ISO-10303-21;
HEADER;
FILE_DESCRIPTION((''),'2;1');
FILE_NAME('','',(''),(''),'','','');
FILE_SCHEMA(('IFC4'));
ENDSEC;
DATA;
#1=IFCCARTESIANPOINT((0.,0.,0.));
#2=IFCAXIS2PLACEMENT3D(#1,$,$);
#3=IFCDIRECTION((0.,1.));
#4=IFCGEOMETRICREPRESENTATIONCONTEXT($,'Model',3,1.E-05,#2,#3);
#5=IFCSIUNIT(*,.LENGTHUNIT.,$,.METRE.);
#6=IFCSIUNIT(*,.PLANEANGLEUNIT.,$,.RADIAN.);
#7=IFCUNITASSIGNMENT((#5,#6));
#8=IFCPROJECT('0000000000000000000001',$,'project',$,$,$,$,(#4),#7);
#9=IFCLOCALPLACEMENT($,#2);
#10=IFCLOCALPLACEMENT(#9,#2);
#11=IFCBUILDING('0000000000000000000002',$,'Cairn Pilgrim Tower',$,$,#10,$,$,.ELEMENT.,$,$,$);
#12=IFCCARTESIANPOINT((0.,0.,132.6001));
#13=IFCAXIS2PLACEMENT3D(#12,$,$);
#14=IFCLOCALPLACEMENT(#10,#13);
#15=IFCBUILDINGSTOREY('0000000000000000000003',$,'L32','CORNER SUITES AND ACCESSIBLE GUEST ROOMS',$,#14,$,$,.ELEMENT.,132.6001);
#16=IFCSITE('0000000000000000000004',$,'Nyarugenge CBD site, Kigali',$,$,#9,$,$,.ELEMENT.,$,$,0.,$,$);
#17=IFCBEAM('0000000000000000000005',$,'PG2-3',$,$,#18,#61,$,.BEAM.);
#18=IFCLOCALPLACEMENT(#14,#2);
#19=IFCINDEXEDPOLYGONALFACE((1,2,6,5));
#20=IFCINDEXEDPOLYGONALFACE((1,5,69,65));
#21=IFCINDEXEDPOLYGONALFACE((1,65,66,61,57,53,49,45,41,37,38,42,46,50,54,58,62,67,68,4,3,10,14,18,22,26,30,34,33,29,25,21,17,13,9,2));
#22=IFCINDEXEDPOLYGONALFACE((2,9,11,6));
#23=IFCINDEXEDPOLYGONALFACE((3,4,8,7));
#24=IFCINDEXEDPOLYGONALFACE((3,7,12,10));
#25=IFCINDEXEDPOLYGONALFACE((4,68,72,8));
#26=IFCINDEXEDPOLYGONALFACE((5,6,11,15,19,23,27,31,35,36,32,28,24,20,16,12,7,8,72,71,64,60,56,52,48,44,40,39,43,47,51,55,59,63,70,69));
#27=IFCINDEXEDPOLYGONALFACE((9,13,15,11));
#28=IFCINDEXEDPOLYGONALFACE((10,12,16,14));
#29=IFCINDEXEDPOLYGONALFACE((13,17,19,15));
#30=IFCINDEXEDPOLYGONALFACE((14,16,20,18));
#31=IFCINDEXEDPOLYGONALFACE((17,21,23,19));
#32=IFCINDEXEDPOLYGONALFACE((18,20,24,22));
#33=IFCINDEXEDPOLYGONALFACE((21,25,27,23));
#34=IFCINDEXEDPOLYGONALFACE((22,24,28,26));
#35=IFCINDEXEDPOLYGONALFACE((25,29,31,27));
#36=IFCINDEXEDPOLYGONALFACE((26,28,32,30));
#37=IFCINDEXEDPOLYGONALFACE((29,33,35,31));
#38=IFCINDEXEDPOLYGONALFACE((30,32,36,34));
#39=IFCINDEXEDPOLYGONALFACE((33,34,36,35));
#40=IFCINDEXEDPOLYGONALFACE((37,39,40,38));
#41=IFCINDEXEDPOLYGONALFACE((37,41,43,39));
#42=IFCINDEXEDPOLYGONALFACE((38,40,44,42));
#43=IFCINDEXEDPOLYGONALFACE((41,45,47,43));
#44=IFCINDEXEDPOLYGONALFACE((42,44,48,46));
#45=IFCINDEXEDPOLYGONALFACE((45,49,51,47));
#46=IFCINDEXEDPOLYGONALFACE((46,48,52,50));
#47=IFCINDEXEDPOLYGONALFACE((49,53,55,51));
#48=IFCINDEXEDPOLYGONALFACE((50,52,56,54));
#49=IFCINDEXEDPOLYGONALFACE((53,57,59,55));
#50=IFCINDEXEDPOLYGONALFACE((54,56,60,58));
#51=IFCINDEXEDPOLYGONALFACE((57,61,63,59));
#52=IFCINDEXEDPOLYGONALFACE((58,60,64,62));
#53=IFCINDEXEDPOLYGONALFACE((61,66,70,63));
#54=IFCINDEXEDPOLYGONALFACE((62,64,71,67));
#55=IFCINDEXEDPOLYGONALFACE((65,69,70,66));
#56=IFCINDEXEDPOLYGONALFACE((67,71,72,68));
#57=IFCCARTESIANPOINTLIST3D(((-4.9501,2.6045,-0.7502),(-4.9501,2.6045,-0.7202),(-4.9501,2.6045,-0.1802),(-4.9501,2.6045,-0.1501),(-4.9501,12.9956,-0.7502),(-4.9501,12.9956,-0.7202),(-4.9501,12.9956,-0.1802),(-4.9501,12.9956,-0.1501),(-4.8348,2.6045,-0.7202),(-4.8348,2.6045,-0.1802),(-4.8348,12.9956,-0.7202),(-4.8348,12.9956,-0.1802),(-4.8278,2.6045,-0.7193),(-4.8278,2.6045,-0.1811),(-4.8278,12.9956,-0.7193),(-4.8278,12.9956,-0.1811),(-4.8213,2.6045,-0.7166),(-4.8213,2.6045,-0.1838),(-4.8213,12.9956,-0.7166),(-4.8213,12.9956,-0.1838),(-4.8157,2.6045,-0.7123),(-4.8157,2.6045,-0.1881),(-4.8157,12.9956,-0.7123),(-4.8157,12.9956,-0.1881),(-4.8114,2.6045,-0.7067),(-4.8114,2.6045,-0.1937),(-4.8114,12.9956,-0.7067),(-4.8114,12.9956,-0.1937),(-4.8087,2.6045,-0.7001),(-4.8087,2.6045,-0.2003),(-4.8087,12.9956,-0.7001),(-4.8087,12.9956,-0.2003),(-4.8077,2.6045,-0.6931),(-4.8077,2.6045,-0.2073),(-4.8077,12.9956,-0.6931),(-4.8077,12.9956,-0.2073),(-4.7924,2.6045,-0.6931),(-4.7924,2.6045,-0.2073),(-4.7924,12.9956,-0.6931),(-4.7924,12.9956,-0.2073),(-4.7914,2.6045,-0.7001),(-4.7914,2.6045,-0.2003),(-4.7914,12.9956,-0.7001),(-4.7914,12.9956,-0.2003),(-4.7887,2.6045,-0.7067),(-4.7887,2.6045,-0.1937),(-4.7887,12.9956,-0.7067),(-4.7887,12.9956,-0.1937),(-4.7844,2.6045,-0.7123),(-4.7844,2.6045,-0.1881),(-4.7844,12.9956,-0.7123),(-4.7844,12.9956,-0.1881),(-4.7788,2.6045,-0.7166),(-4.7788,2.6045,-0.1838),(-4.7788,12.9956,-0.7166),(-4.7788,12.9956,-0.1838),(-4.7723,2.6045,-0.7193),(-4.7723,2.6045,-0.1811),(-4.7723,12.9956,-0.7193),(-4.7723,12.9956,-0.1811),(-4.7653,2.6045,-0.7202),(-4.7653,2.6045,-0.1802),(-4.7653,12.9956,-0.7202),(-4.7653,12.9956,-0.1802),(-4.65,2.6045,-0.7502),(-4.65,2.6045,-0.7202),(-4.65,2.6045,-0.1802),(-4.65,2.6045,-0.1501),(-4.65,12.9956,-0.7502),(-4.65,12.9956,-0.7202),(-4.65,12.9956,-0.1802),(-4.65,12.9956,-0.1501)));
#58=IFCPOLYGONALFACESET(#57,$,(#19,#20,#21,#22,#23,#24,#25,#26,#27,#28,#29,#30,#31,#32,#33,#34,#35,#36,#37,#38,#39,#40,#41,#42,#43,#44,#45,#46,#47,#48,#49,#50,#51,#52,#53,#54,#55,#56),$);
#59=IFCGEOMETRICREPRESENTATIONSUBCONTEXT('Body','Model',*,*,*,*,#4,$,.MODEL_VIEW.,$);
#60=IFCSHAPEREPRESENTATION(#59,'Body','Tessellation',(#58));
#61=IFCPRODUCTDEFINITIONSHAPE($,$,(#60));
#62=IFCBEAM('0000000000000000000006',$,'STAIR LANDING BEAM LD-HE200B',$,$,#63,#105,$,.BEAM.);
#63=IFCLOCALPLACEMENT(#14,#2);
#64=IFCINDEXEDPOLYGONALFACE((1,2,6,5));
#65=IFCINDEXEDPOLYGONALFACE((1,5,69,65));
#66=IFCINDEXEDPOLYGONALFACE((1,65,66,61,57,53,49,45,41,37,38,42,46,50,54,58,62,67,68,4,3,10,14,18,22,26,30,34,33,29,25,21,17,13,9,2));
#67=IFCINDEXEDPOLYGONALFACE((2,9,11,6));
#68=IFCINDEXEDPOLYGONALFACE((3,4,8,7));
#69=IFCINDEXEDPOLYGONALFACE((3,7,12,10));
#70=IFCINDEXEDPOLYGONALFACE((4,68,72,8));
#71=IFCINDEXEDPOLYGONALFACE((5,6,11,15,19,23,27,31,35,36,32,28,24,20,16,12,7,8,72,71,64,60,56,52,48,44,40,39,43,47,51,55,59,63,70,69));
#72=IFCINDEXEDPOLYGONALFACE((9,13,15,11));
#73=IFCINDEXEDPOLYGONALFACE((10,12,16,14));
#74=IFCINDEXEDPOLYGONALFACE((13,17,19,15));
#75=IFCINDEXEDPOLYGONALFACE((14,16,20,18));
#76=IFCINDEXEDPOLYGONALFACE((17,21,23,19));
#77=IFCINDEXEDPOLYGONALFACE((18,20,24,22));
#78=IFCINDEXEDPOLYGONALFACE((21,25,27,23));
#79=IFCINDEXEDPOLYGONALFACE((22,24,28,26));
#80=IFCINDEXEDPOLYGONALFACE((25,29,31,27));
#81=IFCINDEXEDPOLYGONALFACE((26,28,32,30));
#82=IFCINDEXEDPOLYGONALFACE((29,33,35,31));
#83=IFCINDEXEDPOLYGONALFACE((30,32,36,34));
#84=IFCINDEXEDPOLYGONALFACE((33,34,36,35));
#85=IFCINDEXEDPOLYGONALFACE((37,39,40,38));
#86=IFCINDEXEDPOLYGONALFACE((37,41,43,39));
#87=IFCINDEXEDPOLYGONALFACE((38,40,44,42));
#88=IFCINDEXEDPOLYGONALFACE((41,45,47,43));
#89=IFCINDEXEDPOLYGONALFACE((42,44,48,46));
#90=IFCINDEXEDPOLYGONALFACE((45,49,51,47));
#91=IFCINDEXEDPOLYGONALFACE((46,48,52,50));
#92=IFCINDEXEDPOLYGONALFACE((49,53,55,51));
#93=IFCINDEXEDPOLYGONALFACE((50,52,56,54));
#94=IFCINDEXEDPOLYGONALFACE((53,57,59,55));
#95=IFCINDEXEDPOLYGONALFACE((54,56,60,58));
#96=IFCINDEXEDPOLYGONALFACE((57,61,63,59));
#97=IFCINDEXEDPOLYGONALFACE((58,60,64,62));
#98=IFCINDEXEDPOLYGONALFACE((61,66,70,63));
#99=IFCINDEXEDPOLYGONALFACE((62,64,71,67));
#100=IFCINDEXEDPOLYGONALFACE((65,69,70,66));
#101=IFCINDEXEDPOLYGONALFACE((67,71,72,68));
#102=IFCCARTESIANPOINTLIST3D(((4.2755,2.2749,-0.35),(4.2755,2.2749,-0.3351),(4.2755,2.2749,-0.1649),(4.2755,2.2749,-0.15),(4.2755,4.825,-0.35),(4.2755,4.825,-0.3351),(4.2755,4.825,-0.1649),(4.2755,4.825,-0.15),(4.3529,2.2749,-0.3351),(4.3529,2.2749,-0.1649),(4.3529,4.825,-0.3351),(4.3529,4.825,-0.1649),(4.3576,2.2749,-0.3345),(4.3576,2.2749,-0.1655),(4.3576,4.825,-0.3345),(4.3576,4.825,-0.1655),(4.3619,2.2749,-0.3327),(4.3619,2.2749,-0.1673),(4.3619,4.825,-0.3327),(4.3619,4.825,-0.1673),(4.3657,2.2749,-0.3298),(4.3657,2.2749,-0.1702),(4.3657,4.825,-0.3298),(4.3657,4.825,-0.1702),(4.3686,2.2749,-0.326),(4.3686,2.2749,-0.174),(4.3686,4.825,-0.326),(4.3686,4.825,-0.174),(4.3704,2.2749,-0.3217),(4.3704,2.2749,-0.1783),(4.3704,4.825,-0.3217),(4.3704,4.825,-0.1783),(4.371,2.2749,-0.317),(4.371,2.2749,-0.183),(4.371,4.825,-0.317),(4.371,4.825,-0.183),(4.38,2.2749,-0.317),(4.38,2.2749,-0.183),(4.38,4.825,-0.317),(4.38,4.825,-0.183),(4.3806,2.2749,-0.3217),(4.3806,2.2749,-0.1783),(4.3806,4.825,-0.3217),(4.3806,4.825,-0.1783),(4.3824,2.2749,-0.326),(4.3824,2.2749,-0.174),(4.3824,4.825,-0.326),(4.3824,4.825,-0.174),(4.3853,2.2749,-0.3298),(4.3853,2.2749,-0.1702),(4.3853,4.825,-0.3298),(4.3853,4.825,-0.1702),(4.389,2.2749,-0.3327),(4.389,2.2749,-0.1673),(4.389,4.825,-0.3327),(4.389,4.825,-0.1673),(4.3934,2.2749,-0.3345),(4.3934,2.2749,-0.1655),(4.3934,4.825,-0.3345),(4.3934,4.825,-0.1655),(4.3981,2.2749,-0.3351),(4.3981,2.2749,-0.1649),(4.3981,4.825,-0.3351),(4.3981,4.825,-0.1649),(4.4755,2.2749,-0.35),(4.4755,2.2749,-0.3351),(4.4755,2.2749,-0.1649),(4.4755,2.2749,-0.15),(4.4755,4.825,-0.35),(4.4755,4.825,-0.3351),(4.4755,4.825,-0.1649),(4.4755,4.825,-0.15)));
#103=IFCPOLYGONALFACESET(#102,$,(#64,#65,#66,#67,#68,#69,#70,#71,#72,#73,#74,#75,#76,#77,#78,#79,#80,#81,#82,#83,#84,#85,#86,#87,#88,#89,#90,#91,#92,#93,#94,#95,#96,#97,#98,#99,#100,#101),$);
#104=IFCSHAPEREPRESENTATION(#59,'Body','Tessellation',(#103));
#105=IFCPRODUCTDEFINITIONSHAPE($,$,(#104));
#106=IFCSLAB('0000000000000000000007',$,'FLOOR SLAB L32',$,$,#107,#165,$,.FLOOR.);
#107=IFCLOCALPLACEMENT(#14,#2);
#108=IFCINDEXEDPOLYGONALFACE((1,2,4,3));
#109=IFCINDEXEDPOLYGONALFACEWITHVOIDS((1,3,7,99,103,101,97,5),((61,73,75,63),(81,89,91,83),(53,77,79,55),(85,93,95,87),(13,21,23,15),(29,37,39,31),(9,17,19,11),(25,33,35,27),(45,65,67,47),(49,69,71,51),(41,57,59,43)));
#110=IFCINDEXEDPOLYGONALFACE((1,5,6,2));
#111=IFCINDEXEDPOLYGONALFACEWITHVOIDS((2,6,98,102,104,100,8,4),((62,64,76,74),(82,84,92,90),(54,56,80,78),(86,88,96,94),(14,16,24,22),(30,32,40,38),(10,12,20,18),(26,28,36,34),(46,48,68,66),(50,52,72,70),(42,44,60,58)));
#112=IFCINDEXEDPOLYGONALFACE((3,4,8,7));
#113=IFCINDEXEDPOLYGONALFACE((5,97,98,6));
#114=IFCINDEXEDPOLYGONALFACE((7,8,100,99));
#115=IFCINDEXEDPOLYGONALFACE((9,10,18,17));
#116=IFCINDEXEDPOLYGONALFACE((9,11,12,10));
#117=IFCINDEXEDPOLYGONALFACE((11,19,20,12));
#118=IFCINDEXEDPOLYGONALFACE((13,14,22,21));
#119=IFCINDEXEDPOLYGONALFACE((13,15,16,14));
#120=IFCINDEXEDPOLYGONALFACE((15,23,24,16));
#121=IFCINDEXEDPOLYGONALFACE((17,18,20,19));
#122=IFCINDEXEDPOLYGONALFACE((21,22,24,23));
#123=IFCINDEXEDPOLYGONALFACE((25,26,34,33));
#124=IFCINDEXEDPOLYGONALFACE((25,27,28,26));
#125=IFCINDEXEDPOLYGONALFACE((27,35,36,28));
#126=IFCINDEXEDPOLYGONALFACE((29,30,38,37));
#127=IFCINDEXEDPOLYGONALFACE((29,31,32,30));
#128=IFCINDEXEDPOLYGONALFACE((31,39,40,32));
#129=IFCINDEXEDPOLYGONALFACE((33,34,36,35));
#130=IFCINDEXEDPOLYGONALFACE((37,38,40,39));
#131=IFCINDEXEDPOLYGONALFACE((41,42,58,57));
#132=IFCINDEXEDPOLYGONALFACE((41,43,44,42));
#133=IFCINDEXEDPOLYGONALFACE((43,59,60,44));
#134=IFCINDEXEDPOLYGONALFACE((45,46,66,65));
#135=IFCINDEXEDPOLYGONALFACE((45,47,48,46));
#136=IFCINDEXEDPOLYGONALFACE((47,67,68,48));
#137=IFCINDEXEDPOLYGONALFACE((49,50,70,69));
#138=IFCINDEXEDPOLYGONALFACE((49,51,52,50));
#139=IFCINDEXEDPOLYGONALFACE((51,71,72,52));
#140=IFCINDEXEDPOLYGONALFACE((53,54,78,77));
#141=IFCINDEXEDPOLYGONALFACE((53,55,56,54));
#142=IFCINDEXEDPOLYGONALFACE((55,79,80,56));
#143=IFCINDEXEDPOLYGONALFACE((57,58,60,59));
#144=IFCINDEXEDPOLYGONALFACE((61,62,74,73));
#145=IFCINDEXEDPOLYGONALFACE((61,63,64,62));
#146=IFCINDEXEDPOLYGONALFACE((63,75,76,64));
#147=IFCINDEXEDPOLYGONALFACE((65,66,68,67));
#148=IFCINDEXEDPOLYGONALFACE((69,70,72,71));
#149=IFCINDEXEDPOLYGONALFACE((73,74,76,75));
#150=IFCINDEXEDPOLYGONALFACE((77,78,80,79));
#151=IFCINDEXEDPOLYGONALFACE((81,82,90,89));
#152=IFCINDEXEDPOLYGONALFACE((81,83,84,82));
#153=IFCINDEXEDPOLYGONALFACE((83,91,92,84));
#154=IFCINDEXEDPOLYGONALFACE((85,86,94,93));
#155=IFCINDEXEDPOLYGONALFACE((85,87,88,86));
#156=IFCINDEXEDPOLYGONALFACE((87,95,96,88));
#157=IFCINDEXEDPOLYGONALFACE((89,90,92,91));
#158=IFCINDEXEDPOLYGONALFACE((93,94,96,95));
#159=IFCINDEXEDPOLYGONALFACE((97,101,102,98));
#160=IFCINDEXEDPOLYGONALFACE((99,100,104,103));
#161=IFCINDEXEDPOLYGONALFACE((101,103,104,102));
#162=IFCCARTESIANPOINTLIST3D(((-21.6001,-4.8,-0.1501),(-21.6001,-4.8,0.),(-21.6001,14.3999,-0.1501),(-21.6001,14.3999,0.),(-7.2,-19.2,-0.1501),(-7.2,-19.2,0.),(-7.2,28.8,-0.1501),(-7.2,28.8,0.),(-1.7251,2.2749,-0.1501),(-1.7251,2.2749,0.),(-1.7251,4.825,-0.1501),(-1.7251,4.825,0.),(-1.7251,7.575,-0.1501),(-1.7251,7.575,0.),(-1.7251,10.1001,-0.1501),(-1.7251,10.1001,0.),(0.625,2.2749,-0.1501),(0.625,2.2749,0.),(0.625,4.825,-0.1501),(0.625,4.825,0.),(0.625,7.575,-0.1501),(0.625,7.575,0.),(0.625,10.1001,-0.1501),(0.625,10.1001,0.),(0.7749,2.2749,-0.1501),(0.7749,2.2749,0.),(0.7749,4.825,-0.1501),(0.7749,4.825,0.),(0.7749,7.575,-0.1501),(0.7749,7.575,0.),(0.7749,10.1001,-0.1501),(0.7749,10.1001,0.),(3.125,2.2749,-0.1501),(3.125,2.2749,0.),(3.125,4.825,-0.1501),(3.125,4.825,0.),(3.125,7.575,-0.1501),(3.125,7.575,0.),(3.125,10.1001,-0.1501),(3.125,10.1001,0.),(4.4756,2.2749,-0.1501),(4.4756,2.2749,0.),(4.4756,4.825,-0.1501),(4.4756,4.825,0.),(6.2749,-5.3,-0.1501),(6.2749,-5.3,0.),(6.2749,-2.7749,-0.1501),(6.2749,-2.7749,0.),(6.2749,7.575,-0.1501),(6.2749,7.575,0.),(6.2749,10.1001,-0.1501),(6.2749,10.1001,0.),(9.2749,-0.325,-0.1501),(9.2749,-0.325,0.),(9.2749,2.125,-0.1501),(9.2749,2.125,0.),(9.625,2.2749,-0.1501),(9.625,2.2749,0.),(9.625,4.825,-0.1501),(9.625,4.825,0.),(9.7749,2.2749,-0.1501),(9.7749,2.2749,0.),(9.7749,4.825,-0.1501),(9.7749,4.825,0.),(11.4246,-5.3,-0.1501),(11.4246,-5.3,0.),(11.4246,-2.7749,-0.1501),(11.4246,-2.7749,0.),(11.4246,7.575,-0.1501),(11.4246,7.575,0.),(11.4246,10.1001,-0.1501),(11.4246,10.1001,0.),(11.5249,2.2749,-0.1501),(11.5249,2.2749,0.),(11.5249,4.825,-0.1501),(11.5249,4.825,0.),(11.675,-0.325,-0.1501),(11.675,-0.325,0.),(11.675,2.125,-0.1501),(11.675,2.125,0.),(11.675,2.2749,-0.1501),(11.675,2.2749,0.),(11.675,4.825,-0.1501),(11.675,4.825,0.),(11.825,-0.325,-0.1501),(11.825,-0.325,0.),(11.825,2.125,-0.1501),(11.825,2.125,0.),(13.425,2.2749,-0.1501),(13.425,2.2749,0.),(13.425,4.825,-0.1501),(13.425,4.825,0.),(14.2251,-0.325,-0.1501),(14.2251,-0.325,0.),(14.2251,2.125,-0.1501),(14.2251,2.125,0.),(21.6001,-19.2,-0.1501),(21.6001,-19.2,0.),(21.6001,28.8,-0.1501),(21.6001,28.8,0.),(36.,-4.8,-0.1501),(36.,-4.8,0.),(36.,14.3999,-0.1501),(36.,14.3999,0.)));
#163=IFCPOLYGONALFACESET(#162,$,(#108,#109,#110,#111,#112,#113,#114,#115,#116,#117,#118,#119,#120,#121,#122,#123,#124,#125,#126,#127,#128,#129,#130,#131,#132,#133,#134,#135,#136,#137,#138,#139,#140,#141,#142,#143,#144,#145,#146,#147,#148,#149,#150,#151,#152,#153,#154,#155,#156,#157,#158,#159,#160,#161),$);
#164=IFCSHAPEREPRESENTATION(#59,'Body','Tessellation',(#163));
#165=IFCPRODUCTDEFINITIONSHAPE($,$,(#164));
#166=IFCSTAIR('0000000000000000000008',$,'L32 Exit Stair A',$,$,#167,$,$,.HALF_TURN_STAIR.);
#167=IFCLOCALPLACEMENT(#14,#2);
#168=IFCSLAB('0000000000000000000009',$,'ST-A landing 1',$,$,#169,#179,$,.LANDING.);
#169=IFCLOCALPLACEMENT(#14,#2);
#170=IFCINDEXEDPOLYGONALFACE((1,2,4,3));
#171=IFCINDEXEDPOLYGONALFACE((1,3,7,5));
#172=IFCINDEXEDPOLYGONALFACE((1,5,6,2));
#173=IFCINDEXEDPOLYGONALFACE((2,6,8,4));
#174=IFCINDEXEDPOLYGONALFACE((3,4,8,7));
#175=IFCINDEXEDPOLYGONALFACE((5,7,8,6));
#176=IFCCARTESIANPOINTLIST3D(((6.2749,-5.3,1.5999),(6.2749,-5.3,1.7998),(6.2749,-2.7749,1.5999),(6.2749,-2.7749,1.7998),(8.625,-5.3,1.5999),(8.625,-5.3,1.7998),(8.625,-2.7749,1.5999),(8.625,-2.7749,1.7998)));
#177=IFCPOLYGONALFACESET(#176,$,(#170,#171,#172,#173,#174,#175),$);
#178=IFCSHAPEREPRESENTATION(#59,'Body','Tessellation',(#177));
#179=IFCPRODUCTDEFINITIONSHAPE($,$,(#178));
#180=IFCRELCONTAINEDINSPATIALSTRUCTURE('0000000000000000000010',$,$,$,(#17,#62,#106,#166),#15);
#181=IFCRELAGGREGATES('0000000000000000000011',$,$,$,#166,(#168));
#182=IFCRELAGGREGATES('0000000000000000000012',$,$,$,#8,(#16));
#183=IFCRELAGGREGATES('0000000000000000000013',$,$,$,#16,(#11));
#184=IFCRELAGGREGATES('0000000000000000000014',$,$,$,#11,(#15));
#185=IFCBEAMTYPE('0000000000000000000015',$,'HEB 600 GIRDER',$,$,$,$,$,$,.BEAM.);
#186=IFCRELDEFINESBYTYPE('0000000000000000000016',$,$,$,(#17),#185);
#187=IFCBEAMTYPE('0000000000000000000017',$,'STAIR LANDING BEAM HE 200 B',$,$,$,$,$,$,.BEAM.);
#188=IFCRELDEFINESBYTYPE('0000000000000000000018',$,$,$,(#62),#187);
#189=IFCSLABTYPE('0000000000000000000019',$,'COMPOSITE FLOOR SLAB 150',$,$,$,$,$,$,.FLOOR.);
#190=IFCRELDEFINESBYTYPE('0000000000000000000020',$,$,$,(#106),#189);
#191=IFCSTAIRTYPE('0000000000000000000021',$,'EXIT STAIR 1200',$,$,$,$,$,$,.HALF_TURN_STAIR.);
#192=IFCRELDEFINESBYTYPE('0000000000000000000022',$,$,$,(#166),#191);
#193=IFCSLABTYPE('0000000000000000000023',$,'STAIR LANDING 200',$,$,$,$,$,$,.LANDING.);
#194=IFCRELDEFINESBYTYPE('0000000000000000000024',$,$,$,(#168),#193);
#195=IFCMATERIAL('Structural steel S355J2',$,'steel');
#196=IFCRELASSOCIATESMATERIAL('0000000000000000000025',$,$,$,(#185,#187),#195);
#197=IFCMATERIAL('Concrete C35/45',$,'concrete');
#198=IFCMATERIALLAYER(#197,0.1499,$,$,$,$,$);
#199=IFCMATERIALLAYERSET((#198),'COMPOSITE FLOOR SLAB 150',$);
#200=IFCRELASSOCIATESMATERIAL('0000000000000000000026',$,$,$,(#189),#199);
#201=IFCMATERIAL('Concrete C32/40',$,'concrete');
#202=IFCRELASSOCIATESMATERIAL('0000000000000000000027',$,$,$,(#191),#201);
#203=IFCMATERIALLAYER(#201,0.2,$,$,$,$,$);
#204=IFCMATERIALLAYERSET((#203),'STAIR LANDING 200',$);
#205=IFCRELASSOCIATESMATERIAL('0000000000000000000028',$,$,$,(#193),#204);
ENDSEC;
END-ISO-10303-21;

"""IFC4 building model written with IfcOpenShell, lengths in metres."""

from ifc_helpers import new_model, si_unit, direction, frame, origin, origin_2d, place, context, subcontext, project, spatial, polyline, i_section, outline, extrude, material, layer, layer_set, material_profile, profile_set, type_object, element, aggregate, save


model = new_model("IFC4")

# Units and contexts
model_context = context("Model", 3, precision=1e-05, world=origin(), true_north=direction((0.0, 1.0)))
body_context = subcontext(model_context, "Body", "Model", "MODEL_VIEW")
ifc_project = project(units=[si_unit("LENGTHUNIT", "METRE"), si_unit("PLANEANGLEUNIT", "RADIAN")], contexts=[model_context])

# Site, building, storey
site_placement = place(None, origin())
site = spatial("IfcSite", under=ifc_project, at=site_placement, Name="Nyarugenge CBD site, Kigali", CompositionType="ELEMENT", RefElevation=0.0)
building_placement = place(site_placement, origin())
building = spatial("IfcBuilding", under=site, at=building_placement, Name="Cairn Pilgrim Tower", CompositionType="ELEMENT")
storey_placement = place(building_placement, frame((0.0, 0.0, 132.6001)))
storey = spatial("IfcBuildingStorey", under=building, at=storey_placement, Name="L32", Description="CORNER SUITES AND ACCESSIBLE GUEST ROOMS", CompositionType="ELEMENT", Elevation=132.6001)

# Beams
ifc_material_1 = material(Name="Structural steel S355J2", Category="steel")
ifc_material_profile_1 = material_profile(ifc_material_1, i_section(OverallWidth=0.3, OverallDepth=0.6001, WebThickness=0.0154, FlangeThickness=0.03, FilletRadius=0.0271, at=origin_2d()), Name="HEB 600")
ifc_profile_set_1 = profile_set([ifc_material_profile_1], Name="Structural steel S355J2")
beam_type_1 = type_object("IfcBeamType", Name="HEB 600 GIRDER", PredefinedType="BEAM", material=ifc_profile_set_1)
beam_1_placement = place(storey_placement, frame((-4.8, 2.6045, -0.4502), z_axis=(0.0, 1.0, 0.0), x_axis=(-1.0, 0.0, 0.0)))
element("IfcBeam", 1, at=beam_1_placement, inside=storey, type_object=beam_type_1, Name="PG2-3", PredefinedType="BEAM", context=body_context, shape_type="SweptSolid", body=[
    extrude(i_section(OverallWidth=0.3, OverallDepth=0.6001, WebThickness=0.0154, FlangeThickness=0.03, FilletRadius=0.0271, at=origin_2d()), origin(), (0.0, 0.0, 1.0), 10.3911),
])
ifc_material_profile_2 = material_profile(ifc_material_1, i_section(OverallWidth=0.2, OverallDepth=0.2, WebThickness=0.009, FlangeThickness=0.0149, FilletRadius=0.0181, at=origin_2d()), Name="HE 200 B")
ifc_profile_set_2 = profile_set([ifc_material_profile_2], Name="Structural steel S355J2")
beam_type_2 = type_object("IfcBeamType", Name="STAIR LANDING BEAM HE 200 B", PredefinedType="BEAM", material=ifc_profile_set_2)
beam_2_placement = place(storey_placement, frame((4.3755, 2.2749, -0.25), z_axis=(0.0, 1.0, 0.0), x_axis=(-1.0, 0.0, 0.0)))
element("IfcBeam", 2, at=beam_2_placement, inside=storey, type_object=beam_type_2, Name="STAIR LANDING BEAM LD-HE200B", PredefinedType="BEAM", context=body_context, shape_type="SweptSolid", body=[
    extrude(i_section(OverallWidth=0.2, OverallDepth=0.2, WebThickness=0.009, FlangeThickness=0.0149, FilletRadius=0.0181, at=origin_2d()), origin(), (0.0, 0.0, 1.0), 2.55),
])

# Slab
ifc_material_2 = material(Name="Concrete C35/45", Category="concrete")
ifc_layer_1 = layer(ifc_material_2, 0.1499)
ifc_layer_set_1 = layer_set([ifc_layer_1], Name="COMPOSITE FLOOR SLAB 150")
slab_type_1 = type_object("IfcSlabType", Name="COMPOSITE FLOOR SLAB 150", PredefinedType="FLOOR", material=ifc_layer_set_1)
slab_1_placement = place(storey_placement, frame((0.0, 0.0, -0.1501)))
element("IfcSlab", 3, at=slab_1_placement, inside=storey, type_object=slab_type_1, Name="FLOOR SLAB L32", PredefinedType="FLOOR", context=body_context, shape_type="SweptSolid", body=[
    extrude(outline(polyline([(-7.2, -19.2), (21.6001, -19.2), (36.0, -4.8), (36.0, 14.3999), (21.6001, 28.8), (-7.2, 28.8), (-21.6001, 14.3999), (-21.6001, -4.8), (-7.2, -19.2)]), holes=[polyline([(9.2749, -0.325), (11.675, -0.325), (11.675, 2.125), (9.2749, 2.125), (9.2749, -0.325)]), polyline([(11.825, -0.325), (14.2251, -0.325), (14.2251, 2.125), (11.825, 2.125), (11.825, -0.325)]), polyline([(-1.7251, 2.2749), (0.625, 2.2749), (0.625, 4.825), (-1.7251, 4.825), (-1.7251, 2.2749)]), polyline([(0.7749, 2.2749), (3.125, 2.2749), (3.125, 4.825), (0.7749, 4.825), (0.7749, 2.2749)]), polyline([(-1.7251, 7.575), (0.625, 7.575), (0.625, 10.1001), (-1.7251, 10.1001), (-1.7251, 7.575)]), polyline([(0.7749, 7.575), (3.125, 7.575), (3.125, 10.1001), (0.7749, 10.1001), (0.7749, 7.575)]), polyline([(9.7749, 2.2749), (11.5249, 2.2749), (11.5249, 4.825), (9.7749, 4.825), (9.7749, 2.2749)]), polyline([(11.675, 2.2749), (13.425, 2.2749), (13.425, 4.825), (11.675, 4.825), (11.675, 2.2749)]), polyline([(11.4246, -2.7749), (6.2749, -2.7749), (6.2749, -5.3), (11.4246, -5.3), (11.4246, -2.7749)]), polyline([(4.4756, 2.2749), (9.625, 2.2749), (9.625, 4.825), (4.4756, 4.825), (4.4756, 2.2749)]), polyline([(11.4246, 10.1001), (6.2749, 10.1001), (6.2749, 7.575), (11.4246, 7.575), (11.4246, 10.1001)])]), origin(), (0.0, 0.0, 1.0), 0.1501),
])

# Stair, slab
ifc_material_3 = material(Name="Concrete C32/40", Category="concrete")
stair_type = type_object("IfcStairType", Name="EXIT STAIR 1200", PredefinedType="HALF_TURN_STAIR", material=ifc_material_3)
stair_1_placement = place(storey_placement, origin())
stair_1 = element("IfcStair", 4, at=stair_1_placement, inside=storey, type_object=stair_type, Name="L32 Exit Stair A", PredefinedType="HALF_TURN_STAIR")
ifc_layer_2 = layer(ifc_material_3, 0.2)
ifc_layer_set_2 = layer_set([ifc_layer_2], Name="STAIR LANDING 200")
slab_type_2 = type_object("IfcSlabType", Name="STAIR LANDING 200", PredefinedType="LANDING", material=ifc_layer_set_2)
slab_2_placement = place(storey_placement, frame((0.0, 0.0, 1.5999)))
slab_2 = element("IfcSlab", 5, at=slab_2_placement, type_object=slab_type_2, Name="ST-A landing 1", PredefinedType="LANDING", context=body_context, shape_type="SweptSolid", body=[
    extrude(outline(polyline([(8.625, -2.7749), (6.2749, -2.7749), (6.2749, -5.3), (8.625, -5.3), (8.625, -2.7749)])), origin(), (0.0, 0.0, 1.0), 0.2),
])
aggregate(stair_1, [slab_2])

save(model, "model.ifc")
